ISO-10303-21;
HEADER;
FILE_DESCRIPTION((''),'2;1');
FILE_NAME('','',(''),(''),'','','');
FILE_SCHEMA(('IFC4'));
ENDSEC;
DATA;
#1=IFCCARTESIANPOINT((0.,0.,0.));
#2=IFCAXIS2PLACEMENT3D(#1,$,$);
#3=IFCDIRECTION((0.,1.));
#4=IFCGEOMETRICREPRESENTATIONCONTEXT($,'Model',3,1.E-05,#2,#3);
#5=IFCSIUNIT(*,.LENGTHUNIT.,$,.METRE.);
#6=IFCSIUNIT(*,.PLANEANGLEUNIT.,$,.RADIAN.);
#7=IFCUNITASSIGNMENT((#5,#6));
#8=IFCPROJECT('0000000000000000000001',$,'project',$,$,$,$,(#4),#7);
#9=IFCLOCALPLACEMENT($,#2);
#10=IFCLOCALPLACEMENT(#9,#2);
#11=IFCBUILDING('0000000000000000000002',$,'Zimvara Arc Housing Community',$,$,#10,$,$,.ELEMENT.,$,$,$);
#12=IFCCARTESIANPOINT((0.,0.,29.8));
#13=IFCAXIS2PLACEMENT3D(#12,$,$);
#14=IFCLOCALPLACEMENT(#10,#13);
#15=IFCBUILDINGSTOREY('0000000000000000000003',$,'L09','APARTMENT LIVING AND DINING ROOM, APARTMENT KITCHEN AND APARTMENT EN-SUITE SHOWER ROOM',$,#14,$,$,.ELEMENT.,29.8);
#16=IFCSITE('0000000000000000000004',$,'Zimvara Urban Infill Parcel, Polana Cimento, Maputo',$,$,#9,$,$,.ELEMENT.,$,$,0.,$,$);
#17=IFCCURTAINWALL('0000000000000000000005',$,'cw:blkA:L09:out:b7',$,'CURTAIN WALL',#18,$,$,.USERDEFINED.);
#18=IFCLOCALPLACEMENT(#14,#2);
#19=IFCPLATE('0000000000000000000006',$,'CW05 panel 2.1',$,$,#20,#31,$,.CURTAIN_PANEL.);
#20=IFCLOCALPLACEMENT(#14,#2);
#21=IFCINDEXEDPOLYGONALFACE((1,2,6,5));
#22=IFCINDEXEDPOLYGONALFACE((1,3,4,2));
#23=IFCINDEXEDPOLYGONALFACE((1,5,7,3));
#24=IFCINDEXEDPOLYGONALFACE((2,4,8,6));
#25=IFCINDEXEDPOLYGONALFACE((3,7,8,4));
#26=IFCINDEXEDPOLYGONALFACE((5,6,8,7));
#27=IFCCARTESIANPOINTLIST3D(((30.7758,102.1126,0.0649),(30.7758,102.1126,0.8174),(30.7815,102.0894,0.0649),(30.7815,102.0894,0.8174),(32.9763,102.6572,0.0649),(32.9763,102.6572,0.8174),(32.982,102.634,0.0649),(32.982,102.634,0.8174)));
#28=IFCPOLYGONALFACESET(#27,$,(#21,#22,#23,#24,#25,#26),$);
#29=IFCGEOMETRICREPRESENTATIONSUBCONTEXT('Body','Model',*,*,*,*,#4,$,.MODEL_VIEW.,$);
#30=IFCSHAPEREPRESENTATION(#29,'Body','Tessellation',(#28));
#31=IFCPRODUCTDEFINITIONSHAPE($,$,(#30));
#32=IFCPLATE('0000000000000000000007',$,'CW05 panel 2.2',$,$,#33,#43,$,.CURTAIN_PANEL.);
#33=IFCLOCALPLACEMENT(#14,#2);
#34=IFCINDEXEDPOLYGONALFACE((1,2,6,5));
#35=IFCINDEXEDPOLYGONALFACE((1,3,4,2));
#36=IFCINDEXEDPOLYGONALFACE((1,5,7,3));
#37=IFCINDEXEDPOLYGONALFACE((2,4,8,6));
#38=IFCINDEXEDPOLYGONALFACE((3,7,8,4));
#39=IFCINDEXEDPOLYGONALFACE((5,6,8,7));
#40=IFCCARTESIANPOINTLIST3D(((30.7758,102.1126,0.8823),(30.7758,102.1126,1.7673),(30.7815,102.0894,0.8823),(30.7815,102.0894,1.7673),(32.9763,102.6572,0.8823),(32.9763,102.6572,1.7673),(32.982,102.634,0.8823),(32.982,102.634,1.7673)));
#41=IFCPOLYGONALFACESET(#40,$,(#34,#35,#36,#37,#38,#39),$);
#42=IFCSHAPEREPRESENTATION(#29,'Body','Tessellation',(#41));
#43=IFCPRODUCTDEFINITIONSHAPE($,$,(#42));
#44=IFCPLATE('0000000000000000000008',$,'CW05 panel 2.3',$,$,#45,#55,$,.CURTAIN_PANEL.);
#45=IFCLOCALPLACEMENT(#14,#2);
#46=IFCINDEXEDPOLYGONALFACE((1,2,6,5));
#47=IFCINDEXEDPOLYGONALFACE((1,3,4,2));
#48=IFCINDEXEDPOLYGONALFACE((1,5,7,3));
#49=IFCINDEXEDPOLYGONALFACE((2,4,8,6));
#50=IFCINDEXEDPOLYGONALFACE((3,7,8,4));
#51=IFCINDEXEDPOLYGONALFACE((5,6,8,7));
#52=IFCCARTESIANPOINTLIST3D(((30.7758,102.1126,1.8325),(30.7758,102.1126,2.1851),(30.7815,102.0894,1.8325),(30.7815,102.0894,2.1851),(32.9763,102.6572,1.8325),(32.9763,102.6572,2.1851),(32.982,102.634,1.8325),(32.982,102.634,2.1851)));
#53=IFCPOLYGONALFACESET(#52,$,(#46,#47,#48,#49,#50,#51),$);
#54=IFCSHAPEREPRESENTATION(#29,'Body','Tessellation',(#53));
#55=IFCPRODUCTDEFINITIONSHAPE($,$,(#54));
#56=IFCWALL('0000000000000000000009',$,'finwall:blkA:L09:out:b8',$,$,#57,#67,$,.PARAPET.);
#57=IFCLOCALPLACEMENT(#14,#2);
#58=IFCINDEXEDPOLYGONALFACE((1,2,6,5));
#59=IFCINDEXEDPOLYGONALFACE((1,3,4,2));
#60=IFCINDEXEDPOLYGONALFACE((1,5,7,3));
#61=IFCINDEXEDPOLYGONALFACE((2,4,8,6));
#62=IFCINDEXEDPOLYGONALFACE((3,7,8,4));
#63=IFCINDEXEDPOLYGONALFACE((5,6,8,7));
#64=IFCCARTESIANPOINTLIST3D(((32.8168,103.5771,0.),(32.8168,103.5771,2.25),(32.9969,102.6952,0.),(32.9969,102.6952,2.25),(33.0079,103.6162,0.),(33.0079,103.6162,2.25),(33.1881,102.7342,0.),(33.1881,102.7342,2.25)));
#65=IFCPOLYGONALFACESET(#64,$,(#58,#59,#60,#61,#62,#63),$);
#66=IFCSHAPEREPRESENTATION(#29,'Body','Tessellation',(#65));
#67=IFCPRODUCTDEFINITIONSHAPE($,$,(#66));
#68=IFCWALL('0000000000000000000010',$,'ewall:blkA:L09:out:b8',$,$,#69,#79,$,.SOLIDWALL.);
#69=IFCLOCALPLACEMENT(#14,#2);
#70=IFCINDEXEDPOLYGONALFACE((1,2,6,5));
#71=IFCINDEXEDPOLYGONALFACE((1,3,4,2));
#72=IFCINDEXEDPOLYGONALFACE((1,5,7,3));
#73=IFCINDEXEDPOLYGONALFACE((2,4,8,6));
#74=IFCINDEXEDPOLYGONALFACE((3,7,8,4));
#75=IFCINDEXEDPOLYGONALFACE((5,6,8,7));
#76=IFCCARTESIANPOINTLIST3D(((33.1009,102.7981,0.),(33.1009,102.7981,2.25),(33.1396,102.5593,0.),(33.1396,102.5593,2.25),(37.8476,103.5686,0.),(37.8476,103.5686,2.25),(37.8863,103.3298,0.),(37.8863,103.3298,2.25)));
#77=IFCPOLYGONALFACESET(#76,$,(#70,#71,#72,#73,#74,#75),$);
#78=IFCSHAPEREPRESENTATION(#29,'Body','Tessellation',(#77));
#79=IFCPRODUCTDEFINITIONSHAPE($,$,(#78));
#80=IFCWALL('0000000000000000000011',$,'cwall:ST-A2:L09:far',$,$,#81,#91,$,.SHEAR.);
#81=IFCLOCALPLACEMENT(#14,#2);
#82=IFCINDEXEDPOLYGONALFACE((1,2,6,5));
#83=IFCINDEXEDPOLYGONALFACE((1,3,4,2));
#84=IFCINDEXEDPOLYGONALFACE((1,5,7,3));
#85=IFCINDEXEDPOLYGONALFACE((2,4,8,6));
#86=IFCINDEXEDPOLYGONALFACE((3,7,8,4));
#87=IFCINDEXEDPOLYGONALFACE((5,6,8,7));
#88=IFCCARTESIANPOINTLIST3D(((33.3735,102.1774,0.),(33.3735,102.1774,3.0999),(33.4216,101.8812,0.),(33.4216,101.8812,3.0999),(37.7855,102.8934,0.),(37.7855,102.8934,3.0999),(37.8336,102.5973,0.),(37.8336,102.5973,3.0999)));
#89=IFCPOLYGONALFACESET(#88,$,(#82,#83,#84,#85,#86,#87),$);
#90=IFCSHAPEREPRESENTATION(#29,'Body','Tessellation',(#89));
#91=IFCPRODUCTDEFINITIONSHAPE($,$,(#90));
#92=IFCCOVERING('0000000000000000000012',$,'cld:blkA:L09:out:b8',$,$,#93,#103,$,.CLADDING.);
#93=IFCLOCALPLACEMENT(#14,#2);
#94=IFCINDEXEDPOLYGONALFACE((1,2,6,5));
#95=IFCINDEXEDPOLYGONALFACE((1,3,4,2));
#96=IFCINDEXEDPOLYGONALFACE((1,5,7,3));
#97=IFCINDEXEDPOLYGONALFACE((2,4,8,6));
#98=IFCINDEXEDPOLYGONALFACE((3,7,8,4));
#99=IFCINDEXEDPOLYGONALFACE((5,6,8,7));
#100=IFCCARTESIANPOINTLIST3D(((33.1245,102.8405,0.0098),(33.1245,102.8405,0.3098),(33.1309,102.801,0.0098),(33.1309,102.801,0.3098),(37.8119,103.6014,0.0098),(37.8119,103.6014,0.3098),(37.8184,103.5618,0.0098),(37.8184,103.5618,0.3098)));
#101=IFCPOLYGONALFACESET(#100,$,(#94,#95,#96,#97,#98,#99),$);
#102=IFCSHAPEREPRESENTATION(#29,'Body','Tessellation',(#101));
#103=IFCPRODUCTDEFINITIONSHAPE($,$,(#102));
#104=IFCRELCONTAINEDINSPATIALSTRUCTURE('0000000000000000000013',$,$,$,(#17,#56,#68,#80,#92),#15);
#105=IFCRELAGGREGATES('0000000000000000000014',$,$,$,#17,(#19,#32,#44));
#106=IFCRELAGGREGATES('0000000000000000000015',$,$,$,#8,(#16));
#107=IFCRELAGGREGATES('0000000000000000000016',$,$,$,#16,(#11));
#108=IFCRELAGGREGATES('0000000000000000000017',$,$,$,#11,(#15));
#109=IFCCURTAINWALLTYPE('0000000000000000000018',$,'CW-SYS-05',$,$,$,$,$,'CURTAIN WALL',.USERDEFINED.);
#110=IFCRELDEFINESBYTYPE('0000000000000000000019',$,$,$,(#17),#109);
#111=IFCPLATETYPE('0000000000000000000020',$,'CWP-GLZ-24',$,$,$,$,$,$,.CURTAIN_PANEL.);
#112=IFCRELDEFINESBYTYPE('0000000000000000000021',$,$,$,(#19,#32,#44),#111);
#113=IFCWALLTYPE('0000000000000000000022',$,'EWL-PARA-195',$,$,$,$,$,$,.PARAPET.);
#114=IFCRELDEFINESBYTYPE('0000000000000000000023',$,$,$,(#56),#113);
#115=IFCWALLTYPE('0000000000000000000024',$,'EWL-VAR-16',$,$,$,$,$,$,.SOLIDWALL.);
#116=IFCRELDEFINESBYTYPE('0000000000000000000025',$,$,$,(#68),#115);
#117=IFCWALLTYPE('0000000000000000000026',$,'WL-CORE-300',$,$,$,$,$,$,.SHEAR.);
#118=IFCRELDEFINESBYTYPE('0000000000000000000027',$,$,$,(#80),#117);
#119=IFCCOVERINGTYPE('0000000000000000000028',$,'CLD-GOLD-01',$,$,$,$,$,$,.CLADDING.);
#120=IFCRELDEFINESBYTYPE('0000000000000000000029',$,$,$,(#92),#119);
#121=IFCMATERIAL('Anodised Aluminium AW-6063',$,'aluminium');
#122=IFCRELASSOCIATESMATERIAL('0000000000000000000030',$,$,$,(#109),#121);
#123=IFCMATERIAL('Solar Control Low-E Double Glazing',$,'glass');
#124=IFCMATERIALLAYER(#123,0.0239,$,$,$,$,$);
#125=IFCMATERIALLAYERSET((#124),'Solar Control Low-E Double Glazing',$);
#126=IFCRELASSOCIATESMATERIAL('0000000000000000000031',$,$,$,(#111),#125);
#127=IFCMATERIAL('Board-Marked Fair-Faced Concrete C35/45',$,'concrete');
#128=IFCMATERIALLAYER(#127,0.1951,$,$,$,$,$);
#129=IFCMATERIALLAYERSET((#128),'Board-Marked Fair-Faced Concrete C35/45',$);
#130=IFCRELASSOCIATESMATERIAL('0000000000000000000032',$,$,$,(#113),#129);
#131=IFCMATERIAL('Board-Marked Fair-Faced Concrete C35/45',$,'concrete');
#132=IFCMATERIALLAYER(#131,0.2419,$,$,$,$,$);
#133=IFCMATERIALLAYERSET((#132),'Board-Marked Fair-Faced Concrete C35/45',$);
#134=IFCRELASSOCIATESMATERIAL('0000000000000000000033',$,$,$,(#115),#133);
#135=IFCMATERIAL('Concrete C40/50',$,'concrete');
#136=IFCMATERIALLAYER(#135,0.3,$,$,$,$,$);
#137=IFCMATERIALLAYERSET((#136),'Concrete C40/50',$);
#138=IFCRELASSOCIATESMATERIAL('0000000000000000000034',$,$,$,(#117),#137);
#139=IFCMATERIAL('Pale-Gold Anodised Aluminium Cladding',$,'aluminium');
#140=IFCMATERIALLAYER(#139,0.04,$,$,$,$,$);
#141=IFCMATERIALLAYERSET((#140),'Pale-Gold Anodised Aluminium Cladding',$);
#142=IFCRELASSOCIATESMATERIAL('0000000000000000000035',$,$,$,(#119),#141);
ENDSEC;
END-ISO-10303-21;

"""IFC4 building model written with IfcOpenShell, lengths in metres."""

from ifc_helpers import new_model, si_unit, direction, frame, frame_2d, origin, origin_2d, place, context, subcontext, project, spatial, rectangle, extrude, material, layer, layer_set, type_object, element, aggregate, save


model = new_model("IFC4")

# Units and contexts
model_context = context("Model", 3, precision=1e-05, world=origin(), true_north=direction((0.0, 1.0)))
body_context = subcontext(model_context, "Body", "Model", "MODEL_VIEW")
ifc_project = project(units=[si_unit("LENGTHUNIT", "METRE"), si_unit("PLANEANGLEUNIT", "RADIAN")], contexts=[model_context])

# Site, building, storey
site_placement = place(None, origin())
site = spatial("IfcSite", under=ifc_project, at=site_placement, Name="Zimvara Urban Infill Parcel, Polana Cimento, Maputo", CompositionType="ELEMENT", RefElevation=0.0)
building_placement = place(site_placement, origin())
building = spatial("IfcBuilding", under=site, at=building_placement, Name="Zimvara Arc Housing Community", CompositionType="ELEMENT")
storey_placement = place(building_placement, frame((0.0, 0.0, 29.8)))
storey = spatial("IfcBuildingStorey", under=building, at=storey_placement, Name="L09", Description="APARTMENT LIVING AND DINING ROOM, APARTMENT KITCHEN AND APARTMENT EN-SUITE SHOWER ROOM", CompositionType="ELEMENT", Elevation=29.8)

# Curtain wall
ifc_material_1 = material(Name="Anodised Aluminium AW-6063", Category="aluminium")
curtain_wall_type_1 = type_object("IfcCurtainWallType", Name="CW-SYS-05", ElementType="CURTAIN WALL", PredefinedType="USERDEFINED", material=ifc_material_1)
curtain_wall_1_placement = place(storey_placement, origin())
curtain_wall_1 = element("IfcCurtainWall", 1, at=curtain_wall_1_placement, inside=storey, type_object=curtain_wall_type_1, Name="cw:blkA:L09:out:b7", ObjectType="CURTAIN WALL", PredefinedType="USERDEFINED")

# Plates
ifc_material_2 = material(Name="Solar Control Low-E Double Glazing", Category="glass")
ifc_layer_1 = layer(ifc_material_2, 0.0239)
ifc_layer_set_1 = layer_set([ifc_layer_1], Name="Solar Control Low-E Double Glazing")
plate_type = type_object("IfcPlateType", Name="CWP-GLZ-24", PredefinedType="CURTAIN_PANEL", material=ifc_layer_set_1)
plate_1_placement = place(storey_placement, frame((31.8789, 102.3733, 0.0649), z_axis=(0.0, 0.0, 1.0), x_axis=(0.970716, 0.24023, 0.0)))
plate_1 = element("IfcPlate", 2, at=plate_1_placement, type_object=plate_type, Name="CW05 panel 2.1", PredefinedType="CURTAIN_PANEL", context=body_context, shape_type="SweptSolid", body=[
    extrude(rectangle(XDim=2.2668, YDim=0.0239, at=origin_2d()), origin(), (0.0, 0.0, 1.0), 0.7524),
])
plate_2_placement = place(storey_placement, frame((31.8789, 102.3733, 0.8823), z_axis=(0.0, 0.0, 1.0), x_axis=(0.970716, 0.24023, 0.0)))
plate_2 = element("IfcPlate", 3, at=plate_2_placement, type_object=plate_type, Name="CW05 panel 2.2", PredefinedType="CURTAIN_PANEL", context=body_context, shape_type="SweptSolid", body=[
    extrude(rectangle(XDim=2.2668, YDim=0.0239, at=origin_2d()), origin(), (0.0, 0.0, 1.0), 0.885),
])
plate_3_placement = place(storey_placement, frame((31.8789, 102.3733, 1.8325), z_axis=(0.0, 0.0, 1.0), x_axis=(0.970716, 0.24023, 0.0)))
plate_3 = element("IfcPlate", 4, at=plate_3_placement, type_object=plate_type, Name="CW05 panel 2.3", PredefinedType="CURTAIN_PANEL", context=body_context, shape_type="SweptSolid", body=[
    extrude(rectangle(XDim=2.2668, YDim=0.0239, at=origin_2d()), origin(), (0.0, 0.0, 1.0), 0.3525),
])
aggregate(curtain_wall_1, [plate_1, plate_2, plate_3])

# Walls
ifc_material_3 = material(Name="Board-Marked Fair-Faced Concrete C35/45", Category="concrete")
ifc_layer_2 = layer(ifc_material_3, 0.1951)
ifc_layer_set_2 = layer_set([ifc_layer_2], Name="Board-Marked Fair-Faced Concrete C35/45")
wall_type_1 = type_object("IfcWallType", Name="EWL-PARA-195", PredefinedType="PARAPET", material=ifc_layer_set_2)
wall_1_placement = place(storey_placement, frame((33.0925, 102.7146, 0.0), z_axis=(0.0, 0.0, 1.0), x_axis=(-0.200183, 0.979758, 0.0)))
element("IfcWall", 5, at=wall_1_placement, inside=storey, type_object=wall_type_1, Name="finwall:blkA:L09:out:b8", PredefinedType="PARAPET", context=body_context, shape_type="SweptSolid", body=[
    extrude(rectangle(XDim=0.9001, YDim=0.1951, at=frame_2d((0.4502, 0.0))), origin(), (0.0, 0.0, 1.0), 2.25),
])
ifc_material_4 = material(Name="Board-Marked Fair-Faced Concrete C35/45", Category="concrete")
ifc_layer_3 = layer(ifc_material_4, 0.2419)
ifc_layer_set_3 = layer_set([ifc_layer_3], Name="Board-Marked Fair-Faced Concrete C35/45")
wall_type_2 = type_object("IfcWallType", Name="EWL-VAR-16", PredefinedType="SOLIDWALL", material=ifc_layer_set_3)
wall_2_placement = place(storey_placement, frame((33.1204, 102.6787, 0.0), z_axis=(0.0, 0.0, 1.0), x_axis=(0.987081, 0.160224, 0.0)))
element("IfcWall", 6, at=wall_2_placement, inside=storey, type_object=wall_type_2, Name="ewall:blkA:L09:out:b8", PredefinedType="SOLIDWALL", context=body_context, shape_type="SweptSolid", body=[
    extrude(rectangle(XDim=4.8088, YDim=0.2419, at=frame_2d((2.4043, 0.0))), origin(), (0.0, 0.0, 1.0), 2.25),
])
ifc_material_5 = material(Name="Concrete C40/50", Category="concrete")
ifc_layer_4 = layer(ifc_material_5, 0.3)
ifc_layer_set_4 = layer_set([ifc_layer_4], Name="Concrete C40/50")
wall_type_3 = type_object("IfcWallType", Name="WL-CORE-300", PredefinedType="SHEAR", material=ifc_layer_set_4)
wall_3_placement = place(storey_placement, frame((37.8096, 102.7454, 0.0), z_axis=(0.0, 0.0, 1.0), x_axis=(-0.987085, -0.160199, 0.0)))
element("IfcWall", 7, at=wall_3_placement, inside=storey, type_object=wall_type_3, Name="cwall:ST-A2:L09:far", PredefinedType="SHEAR", context=body_context, shape_type="SweptSolid", body=[
    extrude(rectangle(XDim=4.4697, YDim=0.3, at=frame_2d((2.2349, 0.0))), origin(), (0.0, 0.0, 1.0), 3.0999),
])

# Covering
ifc_material_6 = material(Name="Pale-Gold Anodised Aluminium Cladding", Category="aluminium")
ifc_layer_5 = layer(ifc_material_6, 0.04)
ifc_layer_set_5 = layer_set([ifc_layer_5], Name="Pale-Gold Anodised Aluminium Cladding")
covering_type = type_object("IfcCoveringType", Name="CLD-GOLD-01", PredefinedType="CLADDING", material=ifc_layer_set_5)
covering_placement = place(storey_placement, frame((35.4714, 103.2012, 0.0098), z_axis=(0.0, 0.0, 1.0), x_axis=(0.98708, 0.160226, 0.0)))
element("IfcCovering", 8, at=covering_placement, inside=storey, type_object=covering_type, Name="cld:blkA:L09:out:b8", PredefinedType="CLADDING", context=body_context, shape_type="SweptSolid", body=[
    extrude(rectangle(XDim=4.7488, YDim=0.04, at=origin_2d()), origin(), (0.0, 0.0, 1.0), 0.3),
])

save(model, "model.ifc")
